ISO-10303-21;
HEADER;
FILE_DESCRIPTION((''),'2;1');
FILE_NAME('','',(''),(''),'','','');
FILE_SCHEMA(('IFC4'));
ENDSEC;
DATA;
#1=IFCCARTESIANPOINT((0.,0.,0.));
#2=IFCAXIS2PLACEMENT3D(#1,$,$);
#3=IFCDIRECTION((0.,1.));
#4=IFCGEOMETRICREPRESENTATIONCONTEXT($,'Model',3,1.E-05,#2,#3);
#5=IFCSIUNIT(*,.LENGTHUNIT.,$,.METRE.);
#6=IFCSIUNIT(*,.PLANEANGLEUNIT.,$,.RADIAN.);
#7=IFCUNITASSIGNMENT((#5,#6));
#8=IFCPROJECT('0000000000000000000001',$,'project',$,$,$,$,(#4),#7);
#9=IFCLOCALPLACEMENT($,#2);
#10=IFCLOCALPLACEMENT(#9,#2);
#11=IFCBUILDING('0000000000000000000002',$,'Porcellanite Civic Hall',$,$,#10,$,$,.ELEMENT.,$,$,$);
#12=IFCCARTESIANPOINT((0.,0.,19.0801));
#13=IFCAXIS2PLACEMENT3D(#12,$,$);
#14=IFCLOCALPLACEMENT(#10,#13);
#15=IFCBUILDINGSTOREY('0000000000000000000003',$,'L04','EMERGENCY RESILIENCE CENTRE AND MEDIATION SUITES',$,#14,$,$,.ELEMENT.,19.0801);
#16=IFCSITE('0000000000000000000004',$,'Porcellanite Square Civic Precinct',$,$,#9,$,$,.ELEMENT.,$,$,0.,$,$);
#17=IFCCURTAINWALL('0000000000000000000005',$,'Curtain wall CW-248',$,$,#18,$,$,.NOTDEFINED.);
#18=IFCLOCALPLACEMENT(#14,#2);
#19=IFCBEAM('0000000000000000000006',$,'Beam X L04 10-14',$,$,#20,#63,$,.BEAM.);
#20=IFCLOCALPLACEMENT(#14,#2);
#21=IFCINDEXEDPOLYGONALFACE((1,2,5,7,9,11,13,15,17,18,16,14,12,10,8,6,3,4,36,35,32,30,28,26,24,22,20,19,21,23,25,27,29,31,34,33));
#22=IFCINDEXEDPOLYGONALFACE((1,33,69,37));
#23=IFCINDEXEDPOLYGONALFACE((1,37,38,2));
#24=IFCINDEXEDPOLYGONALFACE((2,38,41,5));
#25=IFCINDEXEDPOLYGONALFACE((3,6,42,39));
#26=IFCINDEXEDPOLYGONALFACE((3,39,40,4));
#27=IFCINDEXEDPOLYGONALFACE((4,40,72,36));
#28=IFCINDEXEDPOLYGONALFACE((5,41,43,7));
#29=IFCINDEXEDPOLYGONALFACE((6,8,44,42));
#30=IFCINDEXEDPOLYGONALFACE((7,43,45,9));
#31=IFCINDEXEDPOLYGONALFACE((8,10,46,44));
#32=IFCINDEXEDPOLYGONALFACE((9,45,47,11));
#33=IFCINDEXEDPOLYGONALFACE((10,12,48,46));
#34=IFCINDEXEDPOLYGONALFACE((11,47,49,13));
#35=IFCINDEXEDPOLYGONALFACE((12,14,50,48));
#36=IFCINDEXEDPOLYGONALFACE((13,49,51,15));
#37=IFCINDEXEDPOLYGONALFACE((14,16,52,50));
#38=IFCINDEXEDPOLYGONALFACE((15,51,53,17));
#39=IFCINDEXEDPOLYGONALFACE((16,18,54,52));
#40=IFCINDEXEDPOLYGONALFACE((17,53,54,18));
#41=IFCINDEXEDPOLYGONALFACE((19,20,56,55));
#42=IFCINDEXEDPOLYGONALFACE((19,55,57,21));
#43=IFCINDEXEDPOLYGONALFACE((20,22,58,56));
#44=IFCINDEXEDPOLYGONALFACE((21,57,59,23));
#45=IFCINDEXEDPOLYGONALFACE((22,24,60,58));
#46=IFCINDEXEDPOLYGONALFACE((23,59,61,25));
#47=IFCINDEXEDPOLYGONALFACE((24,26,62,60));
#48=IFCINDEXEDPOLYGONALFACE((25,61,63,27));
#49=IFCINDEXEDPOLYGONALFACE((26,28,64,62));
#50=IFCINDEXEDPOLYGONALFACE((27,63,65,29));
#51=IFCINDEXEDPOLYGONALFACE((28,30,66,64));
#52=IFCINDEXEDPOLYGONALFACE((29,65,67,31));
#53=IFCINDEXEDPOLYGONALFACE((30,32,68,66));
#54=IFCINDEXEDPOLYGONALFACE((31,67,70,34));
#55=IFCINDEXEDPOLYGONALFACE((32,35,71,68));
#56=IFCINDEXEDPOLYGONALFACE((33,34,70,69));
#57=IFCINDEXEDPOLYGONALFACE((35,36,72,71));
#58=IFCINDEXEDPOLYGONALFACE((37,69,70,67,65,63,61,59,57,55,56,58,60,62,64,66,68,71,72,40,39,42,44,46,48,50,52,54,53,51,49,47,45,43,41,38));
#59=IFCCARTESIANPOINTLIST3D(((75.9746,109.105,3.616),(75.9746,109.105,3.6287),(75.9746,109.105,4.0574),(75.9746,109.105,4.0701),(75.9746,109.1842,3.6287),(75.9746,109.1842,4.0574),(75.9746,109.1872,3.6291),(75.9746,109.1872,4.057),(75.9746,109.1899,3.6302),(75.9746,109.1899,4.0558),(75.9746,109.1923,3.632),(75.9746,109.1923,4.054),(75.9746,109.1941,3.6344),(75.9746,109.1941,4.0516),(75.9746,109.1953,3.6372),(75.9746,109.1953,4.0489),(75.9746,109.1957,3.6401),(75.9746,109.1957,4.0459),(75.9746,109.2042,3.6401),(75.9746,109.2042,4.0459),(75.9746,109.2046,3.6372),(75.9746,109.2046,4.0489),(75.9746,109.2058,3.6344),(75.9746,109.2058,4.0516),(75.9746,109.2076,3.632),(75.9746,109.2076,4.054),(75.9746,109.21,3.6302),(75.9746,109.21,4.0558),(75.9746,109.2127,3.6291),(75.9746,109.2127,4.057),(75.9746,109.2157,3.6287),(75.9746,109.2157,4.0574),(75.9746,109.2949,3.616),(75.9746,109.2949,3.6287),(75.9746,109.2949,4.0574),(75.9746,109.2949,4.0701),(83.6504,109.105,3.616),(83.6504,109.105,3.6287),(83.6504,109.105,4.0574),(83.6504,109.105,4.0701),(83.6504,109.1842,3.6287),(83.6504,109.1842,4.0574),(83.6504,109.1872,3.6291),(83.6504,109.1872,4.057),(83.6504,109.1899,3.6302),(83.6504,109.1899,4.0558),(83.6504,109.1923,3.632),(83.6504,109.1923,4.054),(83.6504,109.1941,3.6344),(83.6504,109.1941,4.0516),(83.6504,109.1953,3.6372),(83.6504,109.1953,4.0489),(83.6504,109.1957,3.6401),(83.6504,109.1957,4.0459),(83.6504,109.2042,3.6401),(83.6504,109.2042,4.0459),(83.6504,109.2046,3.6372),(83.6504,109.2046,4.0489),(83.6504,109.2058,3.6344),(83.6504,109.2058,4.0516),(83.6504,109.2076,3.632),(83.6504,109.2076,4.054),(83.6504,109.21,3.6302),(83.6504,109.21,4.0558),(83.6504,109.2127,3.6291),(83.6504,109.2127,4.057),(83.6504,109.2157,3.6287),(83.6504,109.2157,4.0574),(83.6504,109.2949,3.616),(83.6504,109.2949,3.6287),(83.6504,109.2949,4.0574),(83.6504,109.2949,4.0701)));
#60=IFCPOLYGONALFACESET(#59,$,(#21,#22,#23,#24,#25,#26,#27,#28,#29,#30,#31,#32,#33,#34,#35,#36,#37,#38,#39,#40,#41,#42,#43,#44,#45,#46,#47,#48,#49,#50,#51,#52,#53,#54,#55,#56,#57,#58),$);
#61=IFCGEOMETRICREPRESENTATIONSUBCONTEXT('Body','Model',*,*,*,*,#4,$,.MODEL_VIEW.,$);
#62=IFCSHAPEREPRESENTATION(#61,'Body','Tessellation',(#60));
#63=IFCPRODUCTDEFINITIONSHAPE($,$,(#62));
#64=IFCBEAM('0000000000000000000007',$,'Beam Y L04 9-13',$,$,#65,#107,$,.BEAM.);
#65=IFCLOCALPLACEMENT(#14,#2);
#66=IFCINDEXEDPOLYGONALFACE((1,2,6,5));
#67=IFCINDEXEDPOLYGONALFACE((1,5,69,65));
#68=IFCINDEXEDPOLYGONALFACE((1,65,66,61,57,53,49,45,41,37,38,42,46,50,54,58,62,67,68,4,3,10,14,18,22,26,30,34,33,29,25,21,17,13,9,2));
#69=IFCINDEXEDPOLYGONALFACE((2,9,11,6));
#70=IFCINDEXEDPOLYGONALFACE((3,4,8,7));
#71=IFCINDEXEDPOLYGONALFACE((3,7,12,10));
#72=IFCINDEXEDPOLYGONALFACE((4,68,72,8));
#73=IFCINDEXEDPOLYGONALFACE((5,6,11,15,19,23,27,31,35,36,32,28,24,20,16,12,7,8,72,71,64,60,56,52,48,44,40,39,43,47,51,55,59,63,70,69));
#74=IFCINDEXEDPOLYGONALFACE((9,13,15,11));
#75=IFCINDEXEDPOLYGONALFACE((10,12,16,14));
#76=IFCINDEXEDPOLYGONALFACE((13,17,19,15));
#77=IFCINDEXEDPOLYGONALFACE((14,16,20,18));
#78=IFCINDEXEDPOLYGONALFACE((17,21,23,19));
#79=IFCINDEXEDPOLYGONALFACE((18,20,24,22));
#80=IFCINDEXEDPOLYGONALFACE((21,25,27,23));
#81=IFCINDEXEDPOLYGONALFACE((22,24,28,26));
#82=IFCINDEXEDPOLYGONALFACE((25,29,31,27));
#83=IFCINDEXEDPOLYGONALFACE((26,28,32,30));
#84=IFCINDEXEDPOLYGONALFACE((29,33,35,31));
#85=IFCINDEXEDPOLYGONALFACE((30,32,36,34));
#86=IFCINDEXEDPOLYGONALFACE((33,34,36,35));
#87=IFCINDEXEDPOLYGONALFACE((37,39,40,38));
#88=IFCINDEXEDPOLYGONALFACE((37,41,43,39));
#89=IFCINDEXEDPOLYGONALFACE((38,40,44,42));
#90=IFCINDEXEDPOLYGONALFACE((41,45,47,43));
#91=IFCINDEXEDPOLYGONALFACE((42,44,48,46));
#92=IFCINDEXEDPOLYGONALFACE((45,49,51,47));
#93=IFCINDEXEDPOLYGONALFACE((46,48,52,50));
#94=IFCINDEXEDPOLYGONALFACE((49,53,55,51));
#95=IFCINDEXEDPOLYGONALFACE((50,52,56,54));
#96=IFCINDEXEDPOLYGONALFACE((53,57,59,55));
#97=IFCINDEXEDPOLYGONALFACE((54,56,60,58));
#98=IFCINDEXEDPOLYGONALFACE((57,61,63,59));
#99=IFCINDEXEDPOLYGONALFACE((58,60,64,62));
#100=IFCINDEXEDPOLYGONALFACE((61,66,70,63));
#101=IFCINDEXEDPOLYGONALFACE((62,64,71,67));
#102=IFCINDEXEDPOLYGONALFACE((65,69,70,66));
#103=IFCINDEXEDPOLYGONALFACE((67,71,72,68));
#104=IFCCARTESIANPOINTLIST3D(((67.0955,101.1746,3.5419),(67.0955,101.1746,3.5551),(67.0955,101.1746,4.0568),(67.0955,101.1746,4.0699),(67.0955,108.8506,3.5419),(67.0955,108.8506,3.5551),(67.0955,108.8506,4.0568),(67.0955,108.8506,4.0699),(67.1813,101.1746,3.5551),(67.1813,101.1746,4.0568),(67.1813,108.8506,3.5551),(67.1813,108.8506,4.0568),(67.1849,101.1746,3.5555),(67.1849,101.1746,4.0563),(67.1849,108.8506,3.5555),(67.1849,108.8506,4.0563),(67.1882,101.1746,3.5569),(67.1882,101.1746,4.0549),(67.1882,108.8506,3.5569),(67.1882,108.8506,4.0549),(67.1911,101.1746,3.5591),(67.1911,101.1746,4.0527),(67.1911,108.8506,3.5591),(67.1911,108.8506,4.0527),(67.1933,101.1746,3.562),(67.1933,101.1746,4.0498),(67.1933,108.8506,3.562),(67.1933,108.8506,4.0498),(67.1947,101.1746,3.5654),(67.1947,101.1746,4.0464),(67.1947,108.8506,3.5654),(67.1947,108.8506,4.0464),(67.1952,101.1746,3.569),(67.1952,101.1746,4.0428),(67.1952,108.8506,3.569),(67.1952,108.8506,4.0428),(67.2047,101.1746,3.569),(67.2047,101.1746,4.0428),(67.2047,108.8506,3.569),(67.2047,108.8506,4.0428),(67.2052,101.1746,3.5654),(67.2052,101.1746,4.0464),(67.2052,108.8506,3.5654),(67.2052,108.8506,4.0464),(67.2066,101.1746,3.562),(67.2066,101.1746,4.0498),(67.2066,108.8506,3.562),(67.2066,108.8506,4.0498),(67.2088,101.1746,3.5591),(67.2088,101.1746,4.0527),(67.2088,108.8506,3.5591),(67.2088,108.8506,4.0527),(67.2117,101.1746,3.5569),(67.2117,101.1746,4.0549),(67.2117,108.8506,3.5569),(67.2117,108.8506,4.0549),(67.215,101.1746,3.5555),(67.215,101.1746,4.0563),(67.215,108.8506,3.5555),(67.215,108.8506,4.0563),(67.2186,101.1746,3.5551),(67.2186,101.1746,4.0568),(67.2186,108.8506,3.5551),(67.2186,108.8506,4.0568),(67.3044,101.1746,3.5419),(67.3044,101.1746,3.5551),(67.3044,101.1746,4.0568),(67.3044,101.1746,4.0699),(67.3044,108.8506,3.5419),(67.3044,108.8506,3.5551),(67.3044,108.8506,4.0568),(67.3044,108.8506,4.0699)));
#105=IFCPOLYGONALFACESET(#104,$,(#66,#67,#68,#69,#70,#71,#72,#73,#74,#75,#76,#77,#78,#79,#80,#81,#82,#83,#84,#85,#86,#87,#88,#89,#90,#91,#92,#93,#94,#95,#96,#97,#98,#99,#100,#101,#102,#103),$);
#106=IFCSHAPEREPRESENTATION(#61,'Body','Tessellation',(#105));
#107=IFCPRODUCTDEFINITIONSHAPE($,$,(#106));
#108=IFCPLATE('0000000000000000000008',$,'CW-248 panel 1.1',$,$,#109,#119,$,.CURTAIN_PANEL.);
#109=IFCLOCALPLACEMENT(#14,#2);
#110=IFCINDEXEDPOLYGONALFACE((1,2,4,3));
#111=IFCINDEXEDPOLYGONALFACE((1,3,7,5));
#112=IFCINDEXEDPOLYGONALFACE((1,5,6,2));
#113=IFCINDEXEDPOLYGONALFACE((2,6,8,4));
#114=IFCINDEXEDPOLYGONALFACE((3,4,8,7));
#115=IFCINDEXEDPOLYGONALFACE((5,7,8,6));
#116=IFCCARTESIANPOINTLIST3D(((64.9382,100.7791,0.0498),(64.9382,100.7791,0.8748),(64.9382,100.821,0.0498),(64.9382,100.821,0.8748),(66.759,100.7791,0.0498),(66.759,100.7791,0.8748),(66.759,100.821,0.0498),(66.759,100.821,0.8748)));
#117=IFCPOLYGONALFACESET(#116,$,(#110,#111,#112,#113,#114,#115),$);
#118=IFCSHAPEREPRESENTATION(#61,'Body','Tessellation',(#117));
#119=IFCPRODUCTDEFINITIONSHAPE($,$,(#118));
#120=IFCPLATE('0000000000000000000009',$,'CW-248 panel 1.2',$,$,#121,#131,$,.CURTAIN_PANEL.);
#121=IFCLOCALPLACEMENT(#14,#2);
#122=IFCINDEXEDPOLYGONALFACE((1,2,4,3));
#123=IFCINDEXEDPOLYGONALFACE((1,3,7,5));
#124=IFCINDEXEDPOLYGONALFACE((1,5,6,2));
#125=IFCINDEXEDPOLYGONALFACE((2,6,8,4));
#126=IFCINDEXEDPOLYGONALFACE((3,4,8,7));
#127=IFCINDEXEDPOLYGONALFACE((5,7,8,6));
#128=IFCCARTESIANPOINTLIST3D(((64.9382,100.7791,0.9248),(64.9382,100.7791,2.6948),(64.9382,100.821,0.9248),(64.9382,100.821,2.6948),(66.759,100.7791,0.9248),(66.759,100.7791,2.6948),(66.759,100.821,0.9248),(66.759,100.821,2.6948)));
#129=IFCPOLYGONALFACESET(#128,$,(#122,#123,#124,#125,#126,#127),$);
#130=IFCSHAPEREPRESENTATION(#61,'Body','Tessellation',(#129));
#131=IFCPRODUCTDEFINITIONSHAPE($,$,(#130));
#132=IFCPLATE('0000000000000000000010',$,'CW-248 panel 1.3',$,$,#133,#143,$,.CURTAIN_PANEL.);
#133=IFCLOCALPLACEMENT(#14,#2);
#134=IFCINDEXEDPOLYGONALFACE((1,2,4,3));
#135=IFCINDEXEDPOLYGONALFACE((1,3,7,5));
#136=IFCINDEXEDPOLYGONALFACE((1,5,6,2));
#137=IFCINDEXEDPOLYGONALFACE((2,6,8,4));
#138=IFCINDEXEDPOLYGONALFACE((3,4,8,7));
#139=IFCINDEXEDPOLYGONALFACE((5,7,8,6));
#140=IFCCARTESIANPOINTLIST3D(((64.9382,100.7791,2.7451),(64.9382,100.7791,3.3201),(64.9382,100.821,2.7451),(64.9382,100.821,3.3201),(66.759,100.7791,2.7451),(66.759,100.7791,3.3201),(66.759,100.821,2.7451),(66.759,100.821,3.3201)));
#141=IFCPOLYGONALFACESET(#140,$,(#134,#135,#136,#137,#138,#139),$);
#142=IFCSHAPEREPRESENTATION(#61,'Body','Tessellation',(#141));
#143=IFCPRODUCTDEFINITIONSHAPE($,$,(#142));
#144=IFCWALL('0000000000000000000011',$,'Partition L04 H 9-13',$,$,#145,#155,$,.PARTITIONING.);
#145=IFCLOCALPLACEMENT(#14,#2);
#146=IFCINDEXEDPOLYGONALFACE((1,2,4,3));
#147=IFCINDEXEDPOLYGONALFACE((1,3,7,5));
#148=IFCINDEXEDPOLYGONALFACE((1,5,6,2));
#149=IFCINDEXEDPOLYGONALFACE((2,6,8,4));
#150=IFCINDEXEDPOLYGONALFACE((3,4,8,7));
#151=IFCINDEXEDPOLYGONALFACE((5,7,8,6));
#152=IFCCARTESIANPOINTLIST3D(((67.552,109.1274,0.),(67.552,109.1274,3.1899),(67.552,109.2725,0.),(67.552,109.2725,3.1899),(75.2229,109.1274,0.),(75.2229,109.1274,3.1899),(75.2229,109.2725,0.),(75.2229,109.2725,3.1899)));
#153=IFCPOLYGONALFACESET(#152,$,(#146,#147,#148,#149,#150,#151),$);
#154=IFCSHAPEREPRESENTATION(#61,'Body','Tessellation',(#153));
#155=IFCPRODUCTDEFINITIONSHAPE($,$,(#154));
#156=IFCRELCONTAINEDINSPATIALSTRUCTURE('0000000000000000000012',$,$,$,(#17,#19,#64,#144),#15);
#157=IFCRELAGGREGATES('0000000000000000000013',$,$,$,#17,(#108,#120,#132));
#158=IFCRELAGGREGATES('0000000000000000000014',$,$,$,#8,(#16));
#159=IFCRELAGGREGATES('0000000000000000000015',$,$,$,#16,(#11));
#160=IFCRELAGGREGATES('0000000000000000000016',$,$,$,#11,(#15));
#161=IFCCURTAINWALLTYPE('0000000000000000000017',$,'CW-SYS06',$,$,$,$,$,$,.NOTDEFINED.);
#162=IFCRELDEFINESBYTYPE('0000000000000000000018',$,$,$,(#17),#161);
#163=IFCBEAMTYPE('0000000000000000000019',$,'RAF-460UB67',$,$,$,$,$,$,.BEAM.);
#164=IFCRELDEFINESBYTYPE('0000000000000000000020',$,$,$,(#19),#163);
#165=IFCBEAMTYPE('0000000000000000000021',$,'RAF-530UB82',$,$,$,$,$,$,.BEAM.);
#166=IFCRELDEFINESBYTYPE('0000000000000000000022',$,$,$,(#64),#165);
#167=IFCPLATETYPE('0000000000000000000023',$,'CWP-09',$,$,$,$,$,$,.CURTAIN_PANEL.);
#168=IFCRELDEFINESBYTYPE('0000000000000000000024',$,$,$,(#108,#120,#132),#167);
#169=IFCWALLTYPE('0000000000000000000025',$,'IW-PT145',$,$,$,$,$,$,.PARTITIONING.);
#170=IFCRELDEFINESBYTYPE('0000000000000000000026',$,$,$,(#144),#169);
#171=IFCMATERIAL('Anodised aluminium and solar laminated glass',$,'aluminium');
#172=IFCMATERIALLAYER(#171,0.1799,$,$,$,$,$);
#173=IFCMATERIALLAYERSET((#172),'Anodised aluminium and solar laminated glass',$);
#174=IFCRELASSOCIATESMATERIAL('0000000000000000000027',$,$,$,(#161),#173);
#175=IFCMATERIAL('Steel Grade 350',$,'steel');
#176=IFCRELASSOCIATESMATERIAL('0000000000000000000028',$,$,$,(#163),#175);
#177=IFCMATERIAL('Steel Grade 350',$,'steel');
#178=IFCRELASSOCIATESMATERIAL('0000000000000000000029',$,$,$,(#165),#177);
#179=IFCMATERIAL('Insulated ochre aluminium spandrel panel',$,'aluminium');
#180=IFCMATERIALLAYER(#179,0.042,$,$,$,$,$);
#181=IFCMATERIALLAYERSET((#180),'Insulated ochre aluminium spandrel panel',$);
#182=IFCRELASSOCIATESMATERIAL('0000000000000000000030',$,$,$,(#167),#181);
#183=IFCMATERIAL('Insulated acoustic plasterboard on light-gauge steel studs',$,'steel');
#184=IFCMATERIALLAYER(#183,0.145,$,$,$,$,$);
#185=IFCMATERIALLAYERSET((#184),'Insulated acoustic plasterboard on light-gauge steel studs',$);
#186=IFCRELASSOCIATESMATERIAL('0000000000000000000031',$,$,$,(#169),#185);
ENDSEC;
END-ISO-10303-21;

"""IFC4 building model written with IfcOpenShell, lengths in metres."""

from ifc_helpers import new_model, si_unit, direction, frame, frame_2d, origin, origin_2d, place, context, subcontext, project, spatial, rectangle, i_section, extrude, material, layer, layer_set, material_profile, profile_set, type_object, element, aggregate, save


model = new_model("IFC4")

# Units and contexts
model_context = context("Model", 3, precision=1e-05, world=origin(), true_north=direction((0.0, 1.0)))
body_context = subcontext(model_context, "Body", "Model", "MODEL_VIEW")
ifc_project = project(units=[si_unit("LENGTHUNIT", "METRE"), si_unit("PLANEANGLEUNIT", "RADIAN")], contexts=[model_context])

# Site, building, storey
site_placement = place(None, origin())
site = spatial("IfcSite", under=ifc_project, at=site_placement, Name="Porcellanite Square Civic Precinct", CompositionType="ELEMENT", RefElevation=0.0)
building_placement = place(site_placement, origin())
building = spatial("IfcBuilding", under=site, at=building_placement, Name="Porcellanite Civic Hall", CompositionType="ELEMENT")
storey_placement = place(building_placement, frame((0.0, 0.0, 19.0801)))
storey = spatial("IfcBuildingStorey", under=building, at=storey_placement, Name="L04", Description="EMERGENCY RESILIENCE CENTRE AND MEDIATION SUITES", CompositionType="ELEMENT", Elevation=19.0801)

# Curtain wall
ifc_material_1 = material(Name="Anodised aluminium and solar laminated glass", Category="aluminium")
ifc_layer_1 = layer(ifc_material_1, 0.1799)
ifc_layer_set_1 = layer_set([ifc_layer_1], Name="Anodised aluminium and solar laminated glass")
curtain_wall_type = type_object("IfcCurtainWallType", Name="CW-SYS06", PredefinedType="NOTDEFINED", material=ifc_layer_set_1)
curtain_wall_placement = place(storey_placement, origin())
curtain_wall = element("IfcCurtainWall", 1, at=curtain_wall_placement, inside=storey, type_object=curtain_wall_type, Name="Curtain wall CW-248", PredefinedType="NOTDEFINED")

# Beams
ifc_material_2 = material(Name="Steel Grade 350", Category="steel")
ifc_material_profile_1 = material_profile(ifc_material_2, i_section(OverallWidth=0.1899, OverallDepth=0.4541, WebThickness=0.0085, FlangeThickness=0.0127, FilletRadius=0.0115, at=origin_2d()), Name="460UB67.1")
ifc_profile_set_1 = profile_set([ifc_material_profile_1], Name="Steel Grade 350")
beam_type_1 = type_object("IfcBeamType", Name="RAF-460UB67", PredefinedType="BEAM", material=ifc_profile_set_1)
beam_1_placement = place(storey_placement, frame((75.9746, 109.2, 3.843), z_axis=(1.0, 0.0, 0.0), x_axis=(0.0, 1.0, 0.0)))
element("IfcBeam", 2, at=beam_1_placement, inside=storey, type_object=beam_type_1, Name="Beam X L04 10-14", PredefinedType="BEAM", context=body_context, shape_type="SweptSolid", body=[
    extrude(i_section(OverallWidth=0.1899, OverallDepth=0.4541, WebThickness=0.0085, FlangeThickness=0.0127, FilletRadius=0.0115, at=origin_2d()), origin(), (0.0, 0.0, 1.0), 7.6758),
])
ifc_material_3 = material(Name="Steel Grade 350", Category="steel")
ifc_material_profile_2 = material_profile(ifc_material_3, i_section(OverallWidth=0.209, OverallDepth=0.5281, WebThickness=0.0095, FlangeThickness=0.0132, FilletRadius=0.0139, at=origin_2d()), Name="530UB82.0")
ifc_profile_set_2 = profile_set([ifc_material_profile_2], Name="Steel Grade 350")
beam_type_2 = type_object("IfcBeamType", Name="RAF-530UB82", PredefinedType="BEAM", material=ifc_profile_set_2)
beam_2_placement = place(storey_placement, frame((67.2, 101.1746, 3.8059), z_axis=(0.0, 1.0, 0.0), x_axis=(-1.0, 0.0, 0.0)))
element("IfcBeam", 3, at=beam_2_placement, inside=storey, type_object=beam_type_2, Name="Beam Y L04 9-13", PredefinedType="BEAM", context=body_context, shape_type="SweptSolid", body=[
    extrude(i_section(OverallWidth=0.209, OverallDepth=0.5281, WebThickness=0.0095, FlangeThickness=0.0132, FilletRadius=0.0139, at=origin_2d()), origin(), (0.0, 0.0, 1.0), 7.676),
])

# Plates
ifc_material_4 = material(Name="Insulated ochre aluminium spandrel panel", Category="aluminium")
ifc_layer_2 = layer(ifc_material_4, 0.042)
ifc_layer_set_2 = layer_set([ifc_layer_2], Name="Insulated ochre aluminium spandrel panel")
plate_type = type_object("IfcPlateType", Name="CWP-09", PredefinedType="CURTAIN_PANEL", material=ifc_layer_set_2)
plate_1_placement = place(storey_placement, frame((65.8486, 100.8, 0.0498), z_axis=(0.0, 0.0, 1.0), x_axis=(-1.0, 0.0, 0.0)))
plate_1 = element("IfcPlate", 4, at=plate_1_placement, type_object=plate_type, Name="CW-248 panel 1.1", PredefinedType="CURTAIN_PANEL", context=body_context, shape_type="SweptSolid", body=[
    extrude(rectangle(XDim=1.8208, YDim=0.042, at=origin_2d()), origin(), (0.0, 0.0, 1.0), 0.825),
])
plate_2_placement = place(storey_placement, frame((65.8486, 100.8, 0.9248), z_axis=(0.0, 0.0, 1.0), x_axis=(-1.0, 0.0, 0.0)))
plate_2 = element("IfcPlate", 5, at=plate_2_placement, type_object=plate_type, Name="CW-248 panel 1.2", PredefinedType="CURTAIN_PANEL", context=body_context, shape_type="SweptSolid", body=[
    extrude(rectangle(XDim=1.8208, YDim=0.042, at=origin_2d()), origin(), (0.0, 0.0, 1.0), 1.77),
])
plate_3_placement = place(storey_placement, frame((65.8486, 100.8, 2.7451), z_axis=(0.0, 0.0, 1.0), x_axis=(-1.0, 0.0, 0.0)))
plate_3 = element("IfcPlate", 6, at=plate_3_placement, type_object=plate_type, Name="CW-248 panel 1.3", PredefinedType="CURTAIN_PANEL", context=body_context, shape_type="SweptSolid", body=[
    extrude(rectangle(XDim=1.8208, YDim=0.042, at=origin_2d()), origin(), (0.0, 0.0, 1.0), 0.575),
])
aggregate(curtain_wall, [plate_1, plate_2, plate_3])

# Wall
ifc_material_5 = material(Name="Insulated acoustic plasterboard on light-gauge steel studs", Category="steel")
ifc_layer_3 = layer(ifc_material_5, 0.145)
ifc_layer_set_3 = layer_set([ifc_layer_3], Name="Insulated acoustic plasterboard on light-gauge steel studs")
wall_type_1 = type_object("IfcWallType", Name="IW-PT145", PredefinedType="PARTITIONING", material=ifc_layer_set_3)
wall_1_placement = place(storey_placement, frame((67.552, 109.2, 0.0), z_axis=(0.0, 0.0, 1.0), x_axis=(1.0, 0.0, 0.0)))
element("IfcWall", 7, at=wall_1_placement, inside=storey, type_object=wall_type_1, Name="Partition L04 H 9-13", PredefinedType="PARTITIONING", context=body_context, shape_type="SweptSolid", body=[
    extrude(rectangle(XDim=7.6709, YDim=0.145, at=frame_2d((3.8354, 0.0))), origin(), (0.0, 0.0, 1.0), 3.1899),
])

save(model, "model.ifc")
